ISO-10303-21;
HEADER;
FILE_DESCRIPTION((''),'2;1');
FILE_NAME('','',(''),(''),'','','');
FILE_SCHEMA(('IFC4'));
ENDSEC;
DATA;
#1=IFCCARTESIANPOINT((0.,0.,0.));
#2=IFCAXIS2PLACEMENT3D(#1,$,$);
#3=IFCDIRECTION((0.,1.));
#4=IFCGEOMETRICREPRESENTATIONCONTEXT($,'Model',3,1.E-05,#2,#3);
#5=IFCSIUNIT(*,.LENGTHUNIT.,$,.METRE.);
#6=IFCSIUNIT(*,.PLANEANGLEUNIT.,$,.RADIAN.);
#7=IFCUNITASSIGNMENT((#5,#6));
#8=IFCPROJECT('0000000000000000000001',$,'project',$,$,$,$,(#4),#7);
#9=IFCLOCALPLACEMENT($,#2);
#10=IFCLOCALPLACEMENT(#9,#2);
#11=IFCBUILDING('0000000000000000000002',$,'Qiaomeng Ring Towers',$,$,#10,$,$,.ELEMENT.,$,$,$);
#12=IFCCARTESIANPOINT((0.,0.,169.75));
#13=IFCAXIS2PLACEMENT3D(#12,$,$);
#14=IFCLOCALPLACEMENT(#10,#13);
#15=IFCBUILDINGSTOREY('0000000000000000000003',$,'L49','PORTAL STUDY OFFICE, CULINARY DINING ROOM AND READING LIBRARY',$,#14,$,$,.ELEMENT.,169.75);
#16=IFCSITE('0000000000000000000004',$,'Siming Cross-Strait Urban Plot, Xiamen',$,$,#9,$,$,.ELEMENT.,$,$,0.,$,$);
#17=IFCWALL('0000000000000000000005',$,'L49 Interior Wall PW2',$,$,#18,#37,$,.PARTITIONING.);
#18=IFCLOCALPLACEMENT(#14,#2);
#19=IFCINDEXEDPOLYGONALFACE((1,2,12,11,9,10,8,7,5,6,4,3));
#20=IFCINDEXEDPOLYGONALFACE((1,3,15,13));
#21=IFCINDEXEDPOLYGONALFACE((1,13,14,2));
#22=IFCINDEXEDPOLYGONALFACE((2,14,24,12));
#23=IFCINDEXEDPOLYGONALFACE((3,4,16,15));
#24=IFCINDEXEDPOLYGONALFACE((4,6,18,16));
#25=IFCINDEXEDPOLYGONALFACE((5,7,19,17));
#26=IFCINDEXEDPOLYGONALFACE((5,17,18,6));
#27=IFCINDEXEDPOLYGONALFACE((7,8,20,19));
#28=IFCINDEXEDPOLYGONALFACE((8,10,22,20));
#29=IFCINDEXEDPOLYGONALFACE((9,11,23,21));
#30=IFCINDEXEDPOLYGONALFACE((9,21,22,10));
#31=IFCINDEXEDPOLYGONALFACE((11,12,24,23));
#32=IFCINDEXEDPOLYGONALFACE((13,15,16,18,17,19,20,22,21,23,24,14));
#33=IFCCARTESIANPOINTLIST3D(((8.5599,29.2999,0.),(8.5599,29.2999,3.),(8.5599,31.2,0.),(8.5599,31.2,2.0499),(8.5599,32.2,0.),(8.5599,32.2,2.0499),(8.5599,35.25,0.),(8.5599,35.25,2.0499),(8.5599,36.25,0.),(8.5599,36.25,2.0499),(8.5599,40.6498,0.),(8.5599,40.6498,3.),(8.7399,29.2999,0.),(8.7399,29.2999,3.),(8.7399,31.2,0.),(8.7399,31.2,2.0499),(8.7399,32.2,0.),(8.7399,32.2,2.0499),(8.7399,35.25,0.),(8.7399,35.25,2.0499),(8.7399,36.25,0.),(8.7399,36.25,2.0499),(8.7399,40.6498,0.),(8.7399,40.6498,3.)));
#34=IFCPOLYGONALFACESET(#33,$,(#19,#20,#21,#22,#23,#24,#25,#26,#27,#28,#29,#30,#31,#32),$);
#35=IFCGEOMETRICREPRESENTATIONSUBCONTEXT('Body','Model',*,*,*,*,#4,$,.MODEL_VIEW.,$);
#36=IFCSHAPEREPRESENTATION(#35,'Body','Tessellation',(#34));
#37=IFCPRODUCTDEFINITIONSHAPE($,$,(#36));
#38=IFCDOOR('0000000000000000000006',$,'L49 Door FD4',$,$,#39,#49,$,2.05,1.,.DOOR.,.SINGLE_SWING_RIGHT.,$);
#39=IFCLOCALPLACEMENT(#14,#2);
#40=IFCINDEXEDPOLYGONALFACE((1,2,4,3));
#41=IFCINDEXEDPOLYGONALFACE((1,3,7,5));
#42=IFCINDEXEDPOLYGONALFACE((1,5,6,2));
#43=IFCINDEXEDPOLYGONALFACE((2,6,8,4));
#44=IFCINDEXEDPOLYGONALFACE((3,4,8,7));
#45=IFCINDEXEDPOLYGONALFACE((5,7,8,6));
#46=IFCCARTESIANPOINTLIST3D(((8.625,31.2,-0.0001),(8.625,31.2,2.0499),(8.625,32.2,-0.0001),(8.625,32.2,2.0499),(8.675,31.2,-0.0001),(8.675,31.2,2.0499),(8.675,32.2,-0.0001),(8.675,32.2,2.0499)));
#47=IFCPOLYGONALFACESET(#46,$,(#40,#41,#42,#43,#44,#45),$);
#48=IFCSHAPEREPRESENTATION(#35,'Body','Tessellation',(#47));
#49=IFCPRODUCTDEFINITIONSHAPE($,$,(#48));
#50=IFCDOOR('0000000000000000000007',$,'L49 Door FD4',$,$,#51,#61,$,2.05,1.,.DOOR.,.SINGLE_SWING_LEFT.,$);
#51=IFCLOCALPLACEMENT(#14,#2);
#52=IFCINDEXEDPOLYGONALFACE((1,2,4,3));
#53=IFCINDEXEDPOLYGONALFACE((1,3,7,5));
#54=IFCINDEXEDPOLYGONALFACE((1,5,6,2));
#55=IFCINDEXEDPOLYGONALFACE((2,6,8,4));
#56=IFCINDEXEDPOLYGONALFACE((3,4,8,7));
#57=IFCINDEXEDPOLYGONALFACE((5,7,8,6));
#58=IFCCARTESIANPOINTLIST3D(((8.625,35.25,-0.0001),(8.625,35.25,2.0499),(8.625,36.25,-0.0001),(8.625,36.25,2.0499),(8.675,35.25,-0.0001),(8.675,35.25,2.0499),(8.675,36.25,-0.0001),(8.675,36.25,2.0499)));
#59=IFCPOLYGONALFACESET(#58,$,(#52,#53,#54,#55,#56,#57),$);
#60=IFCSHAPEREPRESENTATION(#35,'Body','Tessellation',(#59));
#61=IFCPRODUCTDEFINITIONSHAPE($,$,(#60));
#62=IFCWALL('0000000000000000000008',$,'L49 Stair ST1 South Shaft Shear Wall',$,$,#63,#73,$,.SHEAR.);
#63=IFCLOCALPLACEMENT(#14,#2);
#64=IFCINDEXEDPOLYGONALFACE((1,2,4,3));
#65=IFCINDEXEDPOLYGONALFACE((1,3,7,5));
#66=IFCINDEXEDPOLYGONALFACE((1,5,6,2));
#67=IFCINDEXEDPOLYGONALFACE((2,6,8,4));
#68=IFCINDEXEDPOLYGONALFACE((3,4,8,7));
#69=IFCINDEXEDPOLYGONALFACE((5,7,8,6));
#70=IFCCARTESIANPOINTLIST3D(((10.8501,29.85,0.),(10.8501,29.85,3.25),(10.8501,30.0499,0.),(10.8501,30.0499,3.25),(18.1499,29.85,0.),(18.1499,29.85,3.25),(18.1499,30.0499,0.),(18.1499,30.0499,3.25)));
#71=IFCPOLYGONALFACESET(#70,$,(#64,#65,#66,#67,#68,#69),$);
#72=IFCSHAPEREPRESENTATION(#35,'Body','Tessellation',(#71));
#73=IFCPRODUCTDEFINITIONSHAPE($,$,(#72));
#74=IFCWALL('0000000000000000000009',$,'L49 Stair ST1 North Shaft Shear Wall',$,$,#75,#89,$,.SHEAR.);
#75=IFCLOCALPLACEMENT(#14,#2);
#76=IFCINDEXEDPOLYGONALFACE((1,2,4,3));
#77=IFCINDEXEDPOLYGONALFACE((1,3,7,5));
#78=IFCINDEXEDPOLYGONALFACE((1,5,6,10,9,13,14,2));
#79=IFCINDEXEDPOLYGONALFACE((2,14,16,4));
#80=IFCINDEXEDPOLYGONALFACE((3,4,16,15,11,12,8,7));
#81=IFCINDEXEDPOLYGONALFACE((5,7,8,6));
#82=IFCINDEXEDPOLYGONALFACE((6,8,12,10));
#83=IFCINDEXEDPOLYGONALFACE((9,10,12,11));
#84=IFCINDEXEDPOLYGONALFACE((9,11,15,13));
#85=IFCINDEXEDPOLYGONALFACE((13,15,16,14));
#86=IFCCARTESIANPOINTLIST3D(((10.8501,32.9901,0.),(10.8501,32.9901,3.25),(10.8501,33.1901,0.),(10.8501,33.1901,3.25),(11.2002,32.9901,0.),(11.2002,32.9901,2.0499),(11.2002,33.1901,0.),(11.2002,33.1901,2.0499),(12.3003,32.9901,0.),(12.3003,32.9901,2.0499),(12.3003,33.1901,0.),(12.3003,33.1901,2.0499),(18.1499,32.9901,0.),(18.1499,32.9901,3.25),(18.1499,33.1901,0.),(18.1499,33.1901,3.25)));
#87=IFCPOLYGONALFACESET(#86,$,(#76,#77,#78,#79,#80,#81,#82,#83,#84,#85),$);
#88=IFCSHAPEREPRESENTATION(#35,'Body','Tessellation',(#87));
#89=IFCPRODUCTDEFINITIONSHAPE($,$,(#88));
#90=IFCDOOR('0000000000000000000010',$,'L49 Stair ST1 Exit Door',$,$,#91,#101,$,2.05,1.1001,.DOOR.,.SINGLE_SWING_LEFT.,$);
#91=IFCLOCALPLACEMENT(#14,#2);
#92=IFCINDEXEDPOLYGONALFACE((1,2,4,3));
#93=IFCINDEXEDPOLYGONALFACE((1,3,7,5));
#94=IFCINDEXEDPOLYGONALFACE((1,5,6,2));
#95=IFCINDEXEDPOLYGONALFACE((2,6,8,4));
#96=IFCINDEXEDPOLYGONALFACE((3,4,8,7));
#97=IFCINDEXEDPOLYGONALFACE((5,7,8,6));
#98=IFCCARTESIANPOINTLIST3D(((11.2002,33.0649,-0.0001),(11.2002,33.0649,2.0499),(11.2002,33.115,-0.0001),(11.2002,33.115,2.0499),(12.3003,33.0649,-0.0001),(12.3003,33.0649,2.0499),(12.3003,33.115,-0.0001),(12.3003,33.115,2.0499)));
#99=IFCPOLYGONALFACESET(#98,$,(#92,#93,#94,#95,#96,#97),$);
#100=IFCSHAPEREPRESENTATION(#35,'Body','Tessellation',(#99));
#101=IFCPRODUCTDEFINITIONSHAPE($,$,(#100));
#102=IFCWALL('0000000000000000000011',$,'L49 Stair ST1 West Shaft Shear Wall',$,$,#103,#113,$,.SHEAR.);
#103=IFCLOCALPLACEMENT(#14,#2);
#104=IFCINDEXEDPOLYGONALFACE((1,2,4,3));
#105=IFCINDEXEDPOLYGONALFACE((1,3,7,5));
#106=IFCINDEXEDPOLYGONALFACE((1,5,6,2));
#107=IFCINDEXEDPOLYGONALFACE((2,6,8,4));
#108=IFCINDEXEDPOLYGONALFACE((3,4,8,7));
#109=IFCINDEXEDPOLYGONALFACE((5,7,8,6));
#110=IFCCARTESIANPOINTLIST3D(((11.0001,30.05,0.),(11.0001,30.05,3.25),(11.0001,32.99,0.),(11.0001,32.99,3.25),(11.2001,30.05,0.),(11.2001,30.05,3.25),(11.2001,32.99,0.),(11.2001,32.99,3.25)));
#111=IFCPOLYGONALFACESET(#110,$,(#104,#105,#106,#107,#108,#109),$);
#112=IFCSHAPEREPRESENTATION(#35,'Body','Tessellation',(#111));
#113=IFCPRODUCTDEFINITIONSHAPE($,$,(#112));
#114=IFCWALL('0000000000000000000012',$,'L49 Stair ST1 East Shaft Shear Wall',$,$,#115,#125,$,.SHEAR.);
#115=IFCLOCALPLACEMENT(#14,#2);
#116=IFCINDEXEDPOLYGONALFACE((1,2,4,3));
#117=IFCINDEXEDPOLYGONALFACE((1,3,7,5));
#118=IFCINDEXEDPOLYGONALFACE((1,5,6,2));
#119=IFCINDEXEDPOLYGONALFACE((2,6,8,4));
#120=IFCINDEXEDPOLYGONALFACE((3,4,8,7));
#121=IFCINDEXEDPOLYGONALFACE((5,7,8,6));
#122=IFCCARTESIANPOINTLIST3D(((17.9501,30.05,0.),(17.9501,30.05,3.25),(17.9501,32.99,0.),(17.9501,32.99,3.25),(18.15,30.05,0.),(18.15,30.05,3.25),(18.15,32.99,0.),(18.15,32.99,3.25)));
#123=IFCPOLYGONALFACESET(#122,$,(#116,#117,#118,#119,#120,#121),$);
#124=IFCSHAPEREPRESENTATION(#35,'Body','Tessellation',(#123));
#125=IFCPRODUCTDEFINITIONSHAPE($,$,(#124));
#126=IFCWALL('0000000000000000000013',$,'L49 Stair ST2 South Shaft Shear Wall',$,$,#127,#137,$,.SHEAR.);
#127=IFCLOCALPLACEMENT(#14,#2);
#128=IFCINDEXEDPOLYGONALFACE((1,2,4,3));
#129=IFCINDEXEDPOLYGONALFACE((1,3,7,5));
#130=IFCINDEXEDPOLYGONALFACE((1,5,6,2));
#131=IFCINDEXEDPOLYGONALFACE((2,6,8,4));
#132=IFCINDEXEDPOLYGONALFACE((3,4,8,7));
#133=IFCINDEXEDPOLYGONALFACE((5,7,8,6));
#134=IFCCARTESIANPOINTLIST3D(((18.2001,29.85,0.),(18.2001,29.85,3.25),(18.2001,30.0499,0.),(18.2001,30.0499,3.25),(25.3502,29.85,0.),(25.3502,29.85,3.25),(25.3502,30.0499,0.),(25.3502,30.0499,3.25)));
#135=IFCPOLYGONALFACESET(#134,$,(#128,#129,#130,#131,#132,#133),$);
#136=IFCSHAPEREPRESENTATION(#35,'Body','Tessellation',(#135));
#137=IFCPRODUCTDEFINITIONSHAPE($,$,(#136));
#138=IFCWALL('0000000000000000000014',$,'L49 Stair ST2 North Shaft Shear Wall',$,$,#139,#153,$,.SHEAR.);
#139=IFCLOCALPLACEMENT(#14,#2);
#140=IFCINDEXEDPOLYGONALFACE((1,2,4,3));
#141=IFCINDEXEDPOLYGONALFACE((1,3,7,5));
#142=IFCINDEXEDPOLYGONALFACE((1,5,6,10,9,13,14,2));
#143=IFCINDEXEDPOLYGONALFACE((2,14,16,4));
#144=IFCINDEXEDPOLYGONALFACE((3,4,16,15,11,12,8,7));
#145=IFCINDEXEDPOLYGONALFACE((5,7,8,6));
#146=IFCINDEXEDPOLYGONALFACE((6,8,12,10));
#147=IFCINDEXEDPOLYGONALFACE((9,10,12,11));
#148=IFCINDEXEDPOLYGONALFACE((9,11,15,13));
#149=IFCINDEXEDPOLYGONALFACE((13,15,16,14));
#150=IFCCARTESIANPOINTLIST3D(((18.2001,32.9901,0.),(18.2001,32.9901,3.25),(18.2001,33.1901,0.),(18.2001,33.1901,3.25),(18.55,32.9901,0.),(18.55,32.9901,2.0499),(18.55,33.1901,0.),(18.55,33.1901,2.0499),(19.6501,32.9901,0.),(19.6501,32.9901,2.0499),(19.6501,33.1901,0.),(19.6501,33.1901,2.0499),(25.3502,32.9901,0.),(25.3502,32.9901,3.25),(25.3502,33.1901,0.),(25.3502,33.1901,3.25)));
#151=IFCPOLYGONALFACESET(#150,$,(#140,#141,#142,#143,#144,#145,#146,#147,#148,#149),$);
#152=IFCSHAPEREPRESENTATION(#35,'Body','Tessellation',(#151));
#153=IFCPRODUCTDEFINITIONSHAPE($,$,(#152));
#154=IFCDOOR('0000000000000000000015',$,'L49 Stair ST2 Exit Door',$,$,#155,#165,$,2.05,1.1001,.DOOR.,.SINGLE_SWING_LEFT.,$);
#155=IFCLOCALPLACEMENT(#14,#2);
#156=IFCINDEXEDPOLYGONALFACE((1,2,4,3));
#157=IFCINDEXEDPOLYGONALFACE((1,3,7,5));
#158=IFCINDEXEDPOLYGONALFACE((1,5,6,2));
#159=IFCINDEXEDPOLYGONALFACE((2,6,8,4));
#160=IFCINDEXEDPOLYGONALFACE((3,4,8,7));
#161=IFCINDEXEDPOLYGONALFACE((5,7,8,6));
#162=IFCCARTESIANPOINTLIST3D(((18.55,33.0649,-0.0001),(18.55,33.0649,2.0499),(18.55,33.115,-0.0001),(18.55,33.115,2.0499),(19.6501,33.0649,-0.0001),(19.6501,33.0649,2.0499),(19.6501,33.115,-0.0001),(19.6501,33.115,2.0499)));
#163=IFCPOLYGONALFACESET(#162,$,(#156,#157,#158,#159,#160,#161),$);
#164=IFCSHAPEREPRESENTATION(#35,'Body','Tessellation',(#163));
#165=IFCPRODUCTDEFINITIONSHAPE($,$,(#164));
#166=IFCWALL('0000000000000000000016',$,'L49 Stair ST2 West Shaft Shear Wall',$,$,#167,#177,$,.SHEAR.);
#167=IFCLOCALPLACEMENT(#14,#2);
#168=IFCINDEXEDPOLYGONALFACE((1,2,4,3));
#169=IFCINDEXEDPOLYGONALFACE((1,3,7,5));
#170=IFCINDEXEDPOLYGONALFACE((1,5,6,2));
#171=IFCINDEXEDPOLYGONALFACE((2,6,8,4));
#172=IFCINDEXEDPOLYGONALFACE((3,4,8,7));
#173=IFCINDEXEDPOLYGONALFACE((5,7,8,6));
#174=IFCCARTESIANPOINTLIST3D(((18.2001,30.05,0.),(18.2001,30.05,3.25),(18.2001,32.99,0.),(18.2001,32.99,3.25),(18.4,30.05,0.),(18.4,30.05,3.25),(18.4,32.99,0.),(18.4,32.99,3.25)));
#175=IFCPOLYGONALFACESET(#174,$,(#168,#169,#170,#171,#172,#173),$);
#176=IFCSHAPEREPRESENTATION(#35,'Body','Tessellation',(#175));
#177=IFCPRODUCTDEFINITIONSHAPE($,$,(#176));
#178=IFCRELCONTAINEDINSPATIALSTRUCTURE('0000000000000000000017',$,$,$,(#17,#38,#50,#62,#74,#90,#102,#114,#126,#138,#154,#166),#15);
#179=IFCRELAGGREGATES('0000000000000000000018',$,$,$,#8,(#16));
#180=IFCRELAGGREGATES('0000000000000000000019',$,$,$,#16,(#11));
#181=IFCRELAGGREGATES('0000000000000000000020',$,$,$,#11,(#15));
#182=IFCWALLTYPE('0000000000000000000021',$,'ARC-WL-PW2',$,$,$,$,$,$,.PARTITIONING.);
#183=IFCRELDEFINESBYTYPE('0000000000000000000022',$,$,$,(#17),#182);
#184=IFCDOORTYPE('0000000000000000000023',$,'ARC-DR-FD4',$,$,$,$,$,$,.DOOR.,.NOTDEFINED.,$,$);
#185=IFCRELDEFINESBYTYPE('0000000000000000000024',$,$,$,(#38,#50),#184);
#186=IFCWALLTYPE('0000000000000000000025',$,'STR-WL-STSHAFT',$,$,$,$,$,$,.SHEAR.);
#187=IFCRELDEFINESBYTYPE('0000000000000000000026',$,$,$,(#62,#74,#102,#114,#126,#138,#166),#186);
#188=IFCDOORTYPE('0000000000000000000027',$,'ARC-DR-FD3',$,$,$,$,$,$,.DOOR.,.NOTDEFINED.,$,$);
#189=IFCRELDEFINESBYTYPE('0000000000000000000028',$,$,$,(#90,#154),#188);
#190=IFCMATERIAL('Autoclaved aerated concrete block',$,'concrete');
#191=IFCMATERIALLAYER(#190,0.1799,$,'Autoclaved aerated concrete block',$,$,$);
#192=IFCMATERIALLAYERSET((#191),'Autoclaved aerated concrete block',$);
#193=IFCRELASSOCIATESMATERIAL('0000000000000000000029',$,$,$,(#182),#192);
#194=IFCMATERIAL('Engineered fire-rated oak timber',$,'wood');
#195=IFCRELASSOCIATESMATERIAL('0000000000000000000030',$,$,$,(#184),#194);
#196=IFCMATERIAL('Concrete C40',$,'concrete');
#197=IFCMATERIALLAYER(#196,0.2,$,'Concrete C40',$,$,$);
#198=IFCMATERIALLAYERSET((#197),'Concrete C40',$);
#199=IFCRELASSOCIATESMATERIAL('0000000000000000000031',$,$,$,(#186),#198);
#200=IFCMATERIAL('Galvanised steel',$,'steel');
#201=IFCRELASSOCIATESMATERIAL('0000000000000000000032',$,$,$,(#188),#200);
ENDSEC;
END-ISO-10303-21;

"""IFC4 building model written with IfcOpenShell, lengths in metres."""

from ifc_helpers import new_model, si_unit, direction, frame, frame_2d, origin, place, context, subcontext, project, spatial, rectangle, extrude, source, transform, mapped, material, layer, layer_set, type_object, element, fill, save


model = new_model("IFC4")

# Units and contexts
model_context = context("Model", 3, precision=1e-05, world=origin(), true_north=direction((0.0, 1.0)))
body_context = subcontext(model_context, "Body", "Model", "MODEL_VIEW")
ifc_project = project(units=[si_unit("LENGTHUNIT", "METRE"), si_unit("PLANEANGLEUNIT", "RADIAN")], contexts=[model_context])

# Site, building, storey
site_placement = place(None, origin())
site = spatial("IfcSite", under=ifc_project, at=site_placement, Name="Siming Cross-Strait Urban Plot, Xiamen", CompositionType="ELEMENT", RefElevation=0.0)
building_placement = place(site_placement, origin())
building = spatial("IfcBuilding", under=site, at=building_placement, Name="Qiaomeng Ring Towers", CompositionType="ELEMENT")
storey_placement = place(building_placement, frame((0.0, 0.0, 169.75)))
storey = spatial("IfcBuildingStorey", under=building, at=storey_placement, Name="L49", Description="PORTAL STUDY OFFICE, CULINARY DINING ROOM AND READING LIBRARY", CompositionType="ELEMENT", Elevation=169.75)

# Shared definitions
ifc_material_1 = material(Name="Autoclaved aerated concrete block", Category="concrete")

# Wall, openings, doors
ifc_layer_1 = layer(ifc_material_1, 0.1799, Name="Autoclaved aerated concrete block")
ifc_layer_set_1 = layer_set([ifc_layer_1], Name="Autoclaved aerated concrete block")
wall_type_1 = type_object("IfcWallType", Name="ARC-WL-PW2", PredefinedType="PARTITIONING", material=ifc_layer_set_1)
wall_1_placement = place(storey_placement, frame((8.6499, 29.3, 0.0), z_axis=(0.0, 0.0, 1.0), x_axis=(0.0, 1.0, 0.0)))
wall_1 = element("IfcWall", 1, at=wall_1_placement, inside=storey, type_object=wall_type_1, Name="L49 Interior Wall PW2", PredefinedType="PARTITIONING", context=body_context, shape_type="SweptSolid", body=[
    extrude(rectangle(XDim=11.3499, YDim=0.1799, at=frame_2d((5.6748, 0.0))), origin(), (0.0, 0.0, 1.0), 3.0),
])
opening_1_placement = place(wall_1_placement, frame((1.8999, 0.0, 0.0)))
opening_1 = element("IfcOpeningElement", 2, at=opening_1_placement, cuts=wall_1, PredefinedType="OPENING", context=body_context, shape_type="SweptSolid", body=[
    extrude(rectangle(XDim=1.0, YDim=2.05, at=frame_2d((0.5, 1.0249))), frame((0.0, 0.0999, 0.0), z_axis=(0.0, -1.0, 0.0), x_axis=(1.0, 0.0, 0.0)), (0.0, 0.0, 1.0), 0.2),
])
opening_2_placement = place(wall_1_placement, frame((5.95, 0.0, 0.0)))
opening_2 = element("IfcOpeningElement", 3, at=opening_2_placement, cuts=wall_1, PredefinedType="OPENING", context=body_context, shape_type="SweptSolid", body=[
    extrude(rectangle(XDim=1.0, YDim=2.05, at=frame_2d((0.5, 1.0249))), frame((0.0, 0.0999, 0.0), z_axis=(0.0, -1.0, 0.0), x_axis=(1.0, 0.0, 0.0)), (0.0, 0.0, 1.0), 0.2),
])
ifc_material_2 = material(Name="Engineered fire-rated oak timber", Category="wood")
door_type_1 = type_object("IfcDoorType", Name="ARC-DR-FD4", OperationType="NOTDEFINED", PredefinedType="DOOR", material=ifc_material_2)
shared_shape_1 = source(origin(), body_context, "Body", "SweptSolid", [
    extrude(rectangle(XDim=1.0, YDim=2.05, at=frame_2d((0.5, 1.0249))), frame((0.0, 0.0249, 0.0), z_axis=(0.0, -1.0, 0.0), x_axis=(1.0, 0.0, 0.0)), (0.0, 0.0, 1.0), 0.05),
])
door_1_placement = place(opening_1_placement, origin())
door_1 = element("IfcDoor", 4, at=door_1_placement, inside=storey, type_object=door_type_1, Name="L49 Door FD4", OperationType="SINGLE_SWING_RIGHT", OverallHeight=2.05, OverallWidth=1.0, PredefinedType="DOOR", context=body_context, shape_type="MappedRepresentation", body=[
    mapped(shared_shape_1, transform((0.0, 0.0, 0.0), x_axis=(1.0, 0.0, 0.0), y_axis=(0.0, 1.0, 0.0), z_axis=(0.0, 0.0, 1.0), scale=1.0)),
])
fill(opening_1, door_1)
door_2_placement = place(opening_2_placement, origin())
door_2 = element("IfcDoor", 5, at=door_2_placement, inside=storey, type_object=door_type_1, Name="L49 Door FD4", OperationType="SINGLE_SWING_LEFT", OverallHeight=2.05, OverallWidth=1.0, PredefinedType="DOOR", context=body_context, shape_type="MappedRepresentation", body=[
    mapped(shared_shape_1, transform((0.0, 0.0, 0.0), x_axis=(1.0, 0.0, 0.0), y_axis=(0.0, 1.0, 0.0), z_axis=(0.0, 0.0, 1.0), scale=1.0)),
])
fill(opening_2, door_2)

# Wall
ifc_material_3 = material(Name="Concrete C40", Category="concrete")
ifc_layer_2 = layer(ifc_material_3, 0.2, Name="Concrete C40")
ifc_layer_set_2 = layer_set([ifc_layer_2], Name="Concrete C40")
wall_type_2 = type_object("IfcWallType", Name="STR-WL-STSHAFT", PredefinedType="SHEAR", material=ifc_layer_set_2)
wall_2_placement = place(storey_placement, frame((10.8501, 29.95, 0.0), z_axis=(0.0, 0.0, 1.0), x_axis=(1.0, 0.0, 0.0)))
element("IfcWall", 6, at=wall_2_placement, inside=storey, type_object=wall_type_2, Name="L49 Stair ST1 South Shaft Shear Wall", PredefinedType="SHEAR", context=body_context, shape_type="SweptSolid", body=[
    extrude(rectangle(XDim=7.2998, YDim=0.2, at=frame_2d((3.6499, 0.0))), origin(), (0.0, 0.0, 1.0), 3.25),
])

# Wall, opening, door
wall_3_placement = place(storey_placement, frame((10.8501, 33.0901, 0.0), z_axis=(0.0, 0.0, 1.0), x_axis=(1.0, 0.0, 0.0)))
wall_3 = element("IfcWall", 7, at=wall_3_placement, inside=storey, type_object=wall_type_2, Name="L49 Stair ST1 North Shaft Shear Wall", PredefinedType="SHEAR", context=body_context, shape_type="SweptSolid", body=[
    extrude(rectangle(XDim=7.2998, YDim=0.2, at=frame_2d((3.6499, 0.0))), origin(), (0.0, 0.0, 1.0), 3.25),
])
opening_3_placement = place(wall_3_placement, frame((0.3501, 0.0, 0.0)))
opening_3 = element("IfcOpeningElement", 8, at=opening_3_placement, cuts=wall_3, PredefinedType="OPENING", context=body_context, shape_type="SweptSolid", body=[
    extrude(rectangle(XDim=1.1001, YDim=2.05, at=frame_2d((0.55, 1.0249))), frame((0.0, 0.1099, 0.0), z_axis=(0.0, -1.0, 0.0), x_axis=(1.0, 0.0, 0.0)), (0.0, 0.0, 1.0), 0.22),
])
ifc_material_4 = material(Name="Galvanised steel", Category="steel")
door_type_2 = type_object("IfcDoorType", Name="ARC-DR-FD3", OperationType="NOTDEFINED", PredefinedType="DOOR", material=ifc_material_4)
shared_shape_2 = source(origin(), body_context, "Body", "SweptSolid", [
    extrude(rectangle(XDim=1.1001, YDim=2.05, at=frame_2d((0.55, 1.0249))), frame((0.0, 0.0249, 0.0), z_axis=(0.0, -1.0, 0.0), x_axis=(1.0, 0.0, 0.0)), (0.0, 0.0, 1.0), 0.05),
])
door_3_placement = place(opening_3_placement, origin())
door_3 = element("IfcDoor", 9, at=door_3_placement, inside=storey, type_object=door_type_2, Name="L49 Stair ST1 Exit Door", OperationType="SINGLE_SWING_LEFT", OverallHeight=2.05, OverallWidth=1.1001, PredefinedType="DOOR", context=body_context, shape_type="MappedRepresentation", body=[
    mapped(shared_shape_2, transform((0.0, 0.0, 0.0), x_axis=(1.0, 0.0, 0.0), y_axis=(0.0, 1.0, 0.0), z_axis=(0.0, 0.0, 1.0), scale=1.0)),
])
fill(opening_3, door_3)

# Walls
for number, where, z_axis, x_axis, name in (
    (10, (11.1001, 30.05, 0.0), (0.0, 0.0, 1.0), (0.0, 1.0, 0.0), "L49 Stair ST1 West Shaft Shear Wall"),
    (11, (18.05, 30.05, 0.0), (0.0, 0.0, 1.0), (0.0, 1.0, 0.0), "L49 Stair ST1 East Shaft Shear Wall"),
):
    element("IfcWall", number, at=place(storey_placement, frame(where, z_axis=z_axis, x_axis=x_axis)), inside=storey, type_object=wall_type_2, Name=name, PredefinedType="SHEAR", context=body_context, shape_type="SweptSolid", body=[
        extrude(rectangle(XDim=2.9399, YDim=0.2, at=frame_2d((1.47, 0.0))), origin(), (0.0, 0.0, 1.0), 3.25),
    ])
wall_4_placement = place(storey_placement, frame((18.2, 29.95, 0.0), z_axis=(0.0, 0.0, 1.0), x_axis=(1.0, 0.0, 0.0)))
element("IfcWall", 12, at=wall_4_placement, inside=storey, type_object=wall_type_2, Name="L49 Stair ST2 South Shaft Shear Wall", PredefinedType="SHEAR", context=body_context, shape_type="SweptSolid", body=[
    extrude(rectangle(XDim=7.1501, YDim=0.2, at=frame_2d((3.5752, 0.0))), origin(), (0.0, 0.0, 1.0), 3.25),
])

# Wall, opening, door
wall_5_placement = place(storey_placement, frame((18.2, 33.0901, 0.0), z_axis=(0.0, 0.0, 1.0), x_axis=(1.0, 0.0, 0.0)))
wall_5 = element("IfcWall", 13, at=wall_5_placement, inside=storey, type_object=wall_type_2, Name="L49 Stair ST2 North Shaft Shear Wall", PredefinedType="SHEAR", context=body_context, shape_type="SweptSolid", body=[
    extrude(rectangle(XDim=7.1501, YDim=0.2, at=frame_2d((3.5752, 0.0))), origin(), (0.0, 0.0, 1.0), 3.25),
])
opening_4_placement = place(wall_5_placement, frame((0.3501, 0.0, 0.0)))
opening_4 = element("IfcOpeningElement", 14, at=opening_4_placement, cuts=wall_5, PredefinedType="OPENING", context=body_context, shape_type="SweptSolid", body=[
    extrude(rectangle(XDim=1.1001, YDim=2.05, at=frame_2d((0.55, 1.0249))), frame((0.0, 0.1099, 0.0), z_axis=(0.0, -1.0, 0.0), x_axis=(1.0, 0.0, 0.0)), (0.0, 0.0, 1.0), 0.22),
])
door_4_placement = place(opening_4_placement, origin())
door_4 = element("IfcDoor", 15, at=door_4_placement, inside=storey, type_object=door_type_2, Name="L49 Stair ST2 Exit Door", OperationType="SINGLE_SWING_LEFT", OverallHeight=2.05, OverallWidth=1.1001, PredefinedType="DOOR", context=body_context, shape_type="MappedRepresentation", body=[
    mapped(shared_shape_2, transform((0.0, 0.0, 0.0), x_axis=(1.0, 0.0, 0.0), y_axis=(0.0, 1.0, 0.0), z_axis=(0.0, 0.0, 1.0), scale=1.0)),
])
fill(opening_4, door_4)

# Wall
wall_6_placement = place(storey_placement, frame((18.3, 30.05, 0.0), z_axis=(0.0, 0.0, 1.0), x_axis=(0.0, 1.0, 0.0)))
element("IfcWall", 16, at=wall_6_placement, inside=storey, type_object=wall_type_2, Name="L49 Stair ST2 West Shaft Shear Wall", PredefinedType="SHEAR", context=body_context, shape_type="SweptSolid", body=[
    extrude(rectangle(XDim=2.9399, YDim=0.2, at=frame_2d((1.47, 0.0))), origin(), (0.0, 0.0, 1.0), 3.25),
])

save(model, "model.ifc")
